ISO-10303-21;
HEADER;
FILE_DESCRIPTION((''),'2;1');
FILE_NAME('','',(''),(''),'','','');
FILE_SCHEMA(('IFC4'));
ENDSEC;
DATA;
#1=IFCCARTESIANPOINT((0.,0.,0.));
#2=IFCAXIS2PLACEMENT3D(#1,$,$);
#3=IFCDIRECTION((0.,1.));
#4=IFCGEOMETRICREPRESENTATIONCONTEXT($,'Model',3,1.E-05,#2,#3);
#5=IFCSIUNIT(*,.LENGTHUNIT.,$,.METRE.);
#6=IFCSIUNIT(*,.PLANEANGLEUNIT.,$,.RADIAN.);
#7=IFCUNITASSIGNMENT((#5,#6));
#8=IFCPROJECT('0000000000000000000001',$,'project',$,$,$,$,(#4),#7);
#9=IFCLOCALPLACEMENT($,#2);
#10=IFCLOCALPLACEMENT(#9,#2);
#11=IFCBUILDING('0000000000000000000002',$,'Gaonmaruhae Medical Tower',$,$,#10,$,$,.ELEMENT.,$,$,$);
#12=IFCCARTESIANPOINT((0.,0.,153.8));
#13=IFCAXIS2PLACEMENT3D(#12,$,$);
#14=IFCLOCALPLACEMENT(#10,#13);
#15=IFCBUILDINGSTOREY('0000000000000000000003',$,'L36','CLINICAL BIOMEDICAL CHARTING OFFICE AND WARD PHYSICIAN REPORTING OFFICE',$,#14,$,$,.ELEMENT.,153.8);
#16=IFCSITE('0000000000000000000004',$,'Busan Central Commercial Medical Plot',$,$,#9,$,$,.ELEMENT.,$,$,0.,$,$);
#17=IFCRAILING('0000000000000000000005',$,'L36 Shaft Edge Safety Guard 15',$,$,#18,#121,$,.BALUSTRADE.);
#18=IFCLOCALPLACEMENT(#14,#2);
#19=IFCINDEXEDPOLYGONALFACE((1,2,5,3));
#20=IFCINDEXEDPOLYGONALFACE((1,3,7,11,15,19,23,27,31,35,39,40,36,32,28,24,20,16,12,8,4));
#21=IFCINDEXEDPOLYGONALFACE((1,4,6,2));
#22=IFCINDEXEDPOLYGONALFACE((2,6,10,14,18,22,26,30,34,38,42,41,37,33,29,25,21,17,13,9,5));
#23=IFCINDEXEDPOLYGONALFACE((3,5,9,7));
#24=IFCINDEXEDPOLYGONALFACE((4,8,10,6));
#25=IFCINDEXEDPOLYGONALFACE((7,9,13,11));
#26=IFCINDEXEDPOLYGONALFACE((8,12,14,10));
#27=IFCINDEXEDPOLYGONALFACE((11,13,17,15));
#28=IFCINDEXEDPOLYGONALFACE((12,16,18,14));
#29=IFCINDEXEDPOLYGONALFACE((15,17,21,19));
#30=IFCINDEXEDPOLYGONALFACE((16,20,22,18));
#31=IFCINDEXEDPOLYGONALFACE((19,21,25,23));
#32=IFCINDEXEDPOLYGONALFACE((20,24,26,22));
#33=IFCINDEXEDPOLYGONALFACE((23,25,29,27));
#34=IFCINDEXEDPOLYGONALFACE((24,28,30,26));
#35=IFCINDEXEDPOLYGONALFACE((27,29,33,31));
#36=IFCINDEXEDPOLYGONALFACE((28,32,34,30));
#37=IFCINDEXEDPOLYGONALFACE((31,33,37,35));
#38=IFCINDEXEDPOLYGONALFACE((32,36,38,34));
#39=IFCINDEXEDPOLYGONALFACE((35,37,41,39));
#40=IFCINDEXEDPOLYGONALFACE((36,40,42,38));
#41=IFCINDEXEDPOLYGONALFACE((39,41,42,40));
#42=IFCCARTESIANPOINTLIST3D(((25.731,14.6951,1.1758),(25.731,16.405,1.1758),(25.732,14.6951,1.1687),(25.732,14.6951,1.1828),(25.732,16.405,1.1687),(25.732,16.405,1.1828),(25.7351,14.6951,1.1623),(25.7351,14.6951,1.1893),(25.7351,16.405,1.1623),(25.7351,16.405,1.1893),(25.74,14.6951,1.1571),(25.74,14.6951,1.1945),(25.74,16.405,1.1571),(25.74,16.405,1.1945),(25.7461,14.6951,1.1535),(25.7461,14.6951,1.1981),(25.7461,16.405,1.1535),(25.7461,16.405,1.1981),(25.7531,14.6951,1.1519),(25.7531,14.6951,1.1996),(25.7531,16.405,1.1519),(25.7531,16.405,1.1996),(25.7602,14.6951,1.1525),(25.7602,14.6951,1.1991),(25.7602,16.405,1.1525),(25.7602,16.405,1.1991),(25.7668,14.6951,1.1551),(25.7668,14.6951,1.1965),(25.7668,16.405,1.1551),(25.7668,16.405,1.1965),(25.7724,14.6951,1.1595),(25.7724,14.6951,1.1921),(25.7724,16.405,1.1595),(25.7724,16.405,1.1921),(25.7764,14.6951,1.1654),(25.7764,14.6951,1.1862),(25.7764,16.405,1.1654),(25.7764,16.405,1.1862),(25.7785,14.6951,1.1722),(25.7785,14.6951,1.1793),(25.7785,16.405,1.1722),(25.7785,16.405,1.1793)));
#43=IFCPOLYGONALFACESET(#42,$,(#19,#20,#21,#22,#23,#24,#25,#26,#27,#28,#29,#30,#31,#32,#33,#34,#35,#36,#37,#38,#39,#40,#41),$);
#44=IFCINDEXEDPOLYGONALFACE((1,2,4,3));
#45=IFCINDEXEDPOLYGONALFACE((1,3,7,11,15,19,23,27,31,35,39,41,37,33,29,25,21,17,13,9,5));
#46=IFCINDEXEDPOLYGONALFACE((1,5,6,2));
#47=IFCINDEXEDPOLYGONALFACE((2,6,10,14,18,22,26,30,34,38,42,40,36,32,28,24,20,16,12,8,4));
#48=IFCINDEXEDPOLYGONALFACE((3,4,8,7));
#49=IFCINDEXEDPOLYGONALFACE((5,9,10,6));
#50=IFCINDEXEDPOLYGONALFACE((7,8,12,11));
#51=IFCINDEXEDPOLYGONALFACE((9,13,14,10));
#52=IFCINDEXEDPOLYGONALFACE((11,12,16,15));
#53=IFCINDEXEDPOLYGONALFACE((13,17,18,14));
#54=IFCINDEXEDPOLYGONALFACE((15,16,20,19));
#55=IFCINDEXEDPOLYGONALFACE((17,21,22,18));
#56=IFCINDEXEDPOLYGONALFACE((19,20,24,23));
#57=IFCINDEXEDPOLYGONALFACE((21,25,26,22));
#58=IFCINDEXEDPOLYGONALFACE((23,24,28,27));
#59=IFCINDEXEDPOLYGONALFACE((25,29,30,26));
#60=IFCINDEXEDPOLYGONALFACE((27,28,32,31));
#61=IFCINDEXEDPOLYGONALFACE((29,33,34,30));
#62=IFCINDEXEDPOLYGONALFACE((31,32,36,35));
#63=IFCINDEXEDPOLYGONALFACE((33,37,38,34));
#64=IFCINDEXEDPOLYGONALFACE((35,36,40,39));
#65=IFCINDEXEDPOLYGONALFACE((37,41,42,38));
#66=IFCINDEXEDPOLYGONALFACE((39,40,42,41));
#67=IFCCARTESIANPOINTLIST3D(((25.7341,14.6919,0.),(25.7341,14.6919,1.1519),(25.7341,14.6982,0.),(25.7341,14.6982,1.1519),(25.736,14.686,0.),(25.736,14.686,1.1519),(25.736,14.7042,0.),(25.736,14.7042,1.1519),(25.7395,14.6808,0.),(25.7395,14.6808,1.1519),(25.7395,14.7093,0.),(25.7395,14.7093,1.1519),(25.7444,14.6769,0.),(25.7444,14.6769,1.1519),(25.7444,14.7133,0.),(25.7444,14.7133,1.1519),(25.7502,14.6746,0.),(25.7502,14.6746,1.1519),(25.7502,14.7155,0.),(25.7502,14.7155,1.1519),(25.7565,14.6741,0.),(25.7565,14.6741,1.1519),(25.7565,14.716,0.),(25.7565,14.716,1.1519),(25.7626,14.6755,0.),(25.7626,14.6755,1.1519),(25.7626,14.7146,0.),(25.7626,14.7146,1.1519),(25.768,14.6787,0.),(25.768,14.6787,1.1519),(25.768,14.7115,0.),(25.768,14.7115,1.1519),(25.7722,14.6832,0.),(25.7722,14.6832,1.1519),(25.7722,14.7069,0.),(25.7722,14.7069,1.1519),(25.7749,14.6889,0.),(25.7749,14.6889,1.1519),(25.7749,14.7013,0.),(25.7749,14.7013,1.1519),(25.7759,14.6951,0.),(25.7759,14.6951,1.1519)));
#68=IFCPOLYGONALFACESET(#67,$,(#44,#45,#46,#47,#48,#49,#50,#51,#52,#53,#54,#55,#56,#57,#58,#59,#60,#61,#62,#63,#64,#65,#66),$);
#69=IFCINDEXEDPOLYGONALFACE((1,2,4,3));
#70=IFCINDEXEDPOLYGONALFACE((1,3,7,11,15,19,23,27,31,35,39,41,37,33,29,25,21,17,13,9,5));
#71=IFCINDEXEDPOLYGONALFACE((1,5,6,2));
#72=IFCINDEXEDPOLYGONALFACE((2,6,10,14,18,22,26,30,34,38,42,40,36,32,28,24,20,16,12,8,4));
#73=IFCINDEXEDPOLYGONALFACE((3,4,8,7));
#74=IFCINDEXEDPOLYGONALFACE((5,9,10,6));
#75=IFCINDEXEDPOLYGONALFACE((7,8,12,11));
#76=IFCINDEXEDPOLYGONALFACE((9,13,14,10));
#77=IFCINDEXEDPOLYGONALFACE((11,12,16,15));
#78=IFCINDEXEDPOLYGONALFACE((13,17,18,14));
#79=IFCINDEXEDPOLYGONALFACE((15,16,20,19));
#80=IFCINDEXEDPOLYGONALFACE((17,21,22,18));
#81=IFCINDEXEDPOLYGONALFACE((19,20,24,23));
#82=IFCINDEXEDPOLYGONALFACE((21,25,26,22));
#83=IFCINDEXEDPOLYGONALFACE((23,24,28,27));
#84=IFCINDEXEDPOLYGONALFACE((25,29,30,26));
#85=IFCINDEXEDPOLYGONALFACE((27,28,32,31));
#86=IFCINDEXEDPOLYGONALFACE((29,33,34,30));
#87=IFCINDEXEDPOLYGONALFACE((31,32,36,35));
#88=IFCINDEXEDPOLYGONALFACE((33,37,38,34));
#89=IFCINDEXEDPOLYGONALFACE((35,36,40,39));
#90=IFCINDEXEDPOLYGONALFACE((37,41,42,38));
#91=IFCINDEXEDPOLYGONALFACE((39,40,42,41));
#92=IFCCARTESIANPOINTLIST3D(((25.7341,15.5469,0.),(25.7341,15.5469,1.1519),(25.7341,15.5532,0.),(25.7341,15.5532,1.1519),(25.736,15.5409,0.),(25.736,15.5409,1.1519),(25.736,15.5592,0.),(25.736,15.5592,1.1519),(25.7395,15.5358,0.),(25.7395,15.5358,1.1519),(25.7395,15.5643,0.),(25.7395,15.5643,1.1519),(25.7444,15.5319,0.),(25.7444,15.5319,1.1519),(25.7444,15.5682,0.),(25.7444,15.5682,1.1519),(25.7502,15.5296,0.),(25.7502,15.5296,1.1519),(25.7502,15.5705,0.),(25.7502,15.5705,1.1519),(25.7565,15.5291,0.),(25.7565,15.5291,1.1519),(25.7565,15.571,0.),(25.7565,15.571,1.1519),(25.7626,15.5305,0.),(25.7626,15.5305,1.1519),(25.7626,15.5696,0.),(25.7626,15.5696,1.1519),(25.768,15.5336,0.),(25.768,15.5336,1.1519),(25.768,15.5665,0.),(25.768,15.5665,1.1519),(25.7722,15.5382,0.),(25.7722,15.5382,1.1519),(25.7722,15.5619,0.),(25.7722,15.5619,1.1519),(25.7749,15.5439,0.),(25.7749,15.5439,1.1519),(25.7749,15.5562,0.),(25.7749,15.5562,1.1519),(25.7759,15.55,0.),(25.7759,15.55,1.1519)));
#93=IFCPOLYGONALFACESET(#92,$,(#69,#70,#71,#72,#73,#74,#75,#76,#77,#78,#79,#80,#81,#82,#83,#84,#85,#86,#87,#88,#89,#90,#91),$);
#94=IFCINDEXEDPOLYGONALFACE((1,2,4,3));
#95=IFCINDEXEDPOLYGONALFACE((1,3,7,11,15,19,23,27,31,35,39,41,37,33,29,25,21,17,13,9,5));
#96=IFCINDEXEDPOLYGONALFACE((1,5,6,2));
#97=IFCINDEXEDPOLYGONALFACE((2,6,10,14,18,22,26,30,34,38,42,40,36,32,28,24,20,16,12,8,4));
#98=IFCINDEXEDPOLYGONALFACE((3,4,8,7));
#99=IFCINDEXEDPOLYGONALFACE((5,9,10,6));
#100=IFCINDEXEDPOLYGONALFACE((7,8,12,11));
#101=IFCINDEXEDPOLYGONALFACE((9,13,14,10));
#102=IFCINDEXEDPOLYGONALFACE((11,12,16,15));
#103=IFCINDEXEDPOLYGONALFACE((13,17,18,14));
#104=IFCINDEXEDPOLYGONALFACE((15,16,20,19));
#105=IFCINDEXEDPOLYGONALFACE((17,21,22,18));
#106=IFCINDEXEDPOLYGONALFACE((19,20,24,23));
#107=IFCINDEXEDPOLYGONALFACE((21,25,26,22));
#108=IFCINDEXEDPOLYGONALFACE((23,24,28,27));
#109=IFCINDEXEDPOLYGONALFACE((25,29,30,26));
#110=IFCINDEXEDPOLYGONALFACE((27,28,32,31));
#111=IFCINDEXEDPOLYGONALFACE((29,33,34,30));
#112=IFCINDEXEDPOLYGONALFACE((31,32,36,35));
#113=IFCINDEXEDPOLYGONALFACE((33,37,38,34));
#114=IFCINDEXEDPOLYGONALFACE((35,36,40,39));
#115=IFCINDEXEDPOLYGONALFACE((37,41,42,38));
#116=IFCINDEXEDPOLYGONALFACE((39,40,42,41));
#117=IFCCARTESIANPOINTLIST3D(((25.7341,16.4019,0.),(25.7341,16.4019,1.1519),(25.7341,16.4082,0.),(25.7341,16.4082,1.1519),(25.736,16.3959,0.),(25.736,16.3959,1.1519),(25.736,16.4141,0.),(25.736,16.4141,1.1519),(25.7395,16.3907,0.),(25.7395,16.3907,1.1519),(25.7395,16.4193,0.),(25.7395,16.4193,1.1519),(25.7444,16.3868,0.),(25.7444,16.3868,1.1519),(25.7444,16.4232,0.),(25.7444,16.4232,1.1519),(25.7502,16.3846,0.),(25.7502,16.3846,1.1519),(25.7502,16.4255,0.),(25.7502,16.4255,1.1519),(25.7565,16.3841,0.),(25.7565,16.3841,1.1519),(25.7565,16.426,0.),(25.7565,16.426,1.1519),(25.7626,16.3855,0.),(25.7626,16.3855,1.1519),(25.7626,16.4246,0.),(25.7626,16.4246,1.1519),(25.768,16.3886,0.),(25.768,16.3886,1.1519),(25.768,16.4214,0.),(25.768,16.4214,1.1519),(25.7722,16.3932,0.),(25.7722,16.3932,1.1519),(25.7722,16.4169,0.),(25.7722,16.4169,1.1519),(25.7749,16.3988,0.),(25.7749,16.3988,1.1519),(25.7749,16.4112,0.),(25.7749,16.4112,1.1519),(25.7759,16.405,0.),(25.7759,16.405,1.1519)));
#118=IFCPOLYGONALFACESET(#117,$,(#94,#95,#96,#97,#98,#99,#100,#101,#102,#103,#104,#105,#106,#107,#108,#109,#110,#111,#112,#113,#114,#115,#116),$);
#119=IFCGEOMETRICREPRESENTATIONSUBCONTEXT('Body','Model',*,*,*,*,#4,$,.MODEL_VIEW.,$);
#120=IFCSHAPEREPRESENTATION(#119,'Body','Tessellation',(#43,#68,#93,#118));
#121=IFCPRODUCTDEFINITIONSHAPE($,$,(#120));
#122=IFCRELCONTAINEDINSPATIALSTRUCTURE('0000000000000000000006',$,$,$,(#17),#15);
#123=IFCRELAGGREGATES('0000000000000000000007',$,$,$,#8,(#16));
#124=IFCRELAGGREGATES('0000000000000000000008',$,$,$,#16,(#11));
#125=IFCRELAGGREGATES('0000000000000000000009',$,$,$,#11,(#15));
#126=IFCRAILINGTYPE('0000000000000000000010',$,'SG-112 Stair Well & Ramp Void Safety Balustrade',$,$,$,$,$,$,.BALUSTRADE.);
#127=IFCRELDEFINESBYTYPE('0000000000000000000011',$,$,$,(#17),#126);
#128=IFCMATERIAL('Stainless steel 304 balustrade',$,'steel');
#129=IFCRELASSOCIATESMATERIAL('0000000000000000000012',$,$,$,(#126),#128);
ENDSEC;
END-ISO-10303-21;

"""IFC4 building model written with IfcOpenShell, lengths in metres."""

from ifc_helpers import new_model, si_unit, direction, frame, origin, origin_2d, place, context, subcontext, project, spatial, circle, extrude, material, type_object, element, save


model = new_model("IFC4")

# Units and contexts
model_context = context("Model", 3, precision=1e-05, world=origin(), true_north=direction((0.0, 1.0)))
body_context = subcontext(model_context, "Body", "Model", "MODEL_VIEW")
ifc_project = project(units=[si_unit("LENGTHUNIT", "METRE"), si_unit("PLANEANGLEUNIT", "RADIAN")], contexts=[model_context])

# Site, building, storey
site_placement = place(None, origin())
site = spatial("IfcSite", under=ifc_project, at=site_placement, Name="Busan Central Commercial Medical Plot", CompositionType="ELEMENT", RefElevation=0.0)
building_placement = place(site_placement, origin())
building = spatial("IfcBuilding", under=site, at=building_placement, Name="Gaonmaruhae Medical Tower", CompositionType="ELEMENT")
storey_placement = place(building_placement, frame((0.0, 0.0, 153.8)))
storey = spatial("IfcBuildingStorey", under=building, at=storey_placement, Name="L36", Description="CLINICAL BIOMEDICAL CHARTING OFFICE AND WARD PHYSICIAN REPORTING OFFICE", CompositionType="ELEMENT", Elevation=153.8)

# Railing
ifc_material_1 = material(Name="Stainless steel 304 balustrade", Category="steel")
railing_type = type_object("IfcRailingType", Name="SG-112 Stair Well & Ramp Void Safety Balustrade", PredefinedType="BALUSTRADE", material=ifc_material_1)
railing_1_placement = place(storey_placement, frame((25.7549, 14.6951, 0.0)))
element("IfcRailing", 1, at=railing_1_placement, inside=storey, type_object=railing_type, Name="L36 Shaft Edge Safety Guard 15", PredefinedType="BALUSTRADE", context=body_context, shape_type="SweptSolid", body=[
    extrude(circle(Radius=0.0239, at=origin_2d()), frame((0.0, 0.0, 1.1758), z_axis=(0.0, 1.0, 0.0), x_axis=(-1.0, 0.0, 0.0)), (0.0, 0.0, 1.0), 1.71),
    extrude(circle(Radius=0.021, at=origin_2d()), origin(), (0.0, 0.0, 1.0), 1.1519),
    extrude(circle(Radius=0.021, at=origin_2d()), frame((0.0, 0.855, 0.0)), (0.0, 0.0, 1.0), 1.1519),
    extrude(circle(Radius=0.021, at=origin_2d()), frame((0.0, 1.71, 0.0)), (0.0, 0.0, 1.0), 1.1519),
])

save(model, "model.ifc")
